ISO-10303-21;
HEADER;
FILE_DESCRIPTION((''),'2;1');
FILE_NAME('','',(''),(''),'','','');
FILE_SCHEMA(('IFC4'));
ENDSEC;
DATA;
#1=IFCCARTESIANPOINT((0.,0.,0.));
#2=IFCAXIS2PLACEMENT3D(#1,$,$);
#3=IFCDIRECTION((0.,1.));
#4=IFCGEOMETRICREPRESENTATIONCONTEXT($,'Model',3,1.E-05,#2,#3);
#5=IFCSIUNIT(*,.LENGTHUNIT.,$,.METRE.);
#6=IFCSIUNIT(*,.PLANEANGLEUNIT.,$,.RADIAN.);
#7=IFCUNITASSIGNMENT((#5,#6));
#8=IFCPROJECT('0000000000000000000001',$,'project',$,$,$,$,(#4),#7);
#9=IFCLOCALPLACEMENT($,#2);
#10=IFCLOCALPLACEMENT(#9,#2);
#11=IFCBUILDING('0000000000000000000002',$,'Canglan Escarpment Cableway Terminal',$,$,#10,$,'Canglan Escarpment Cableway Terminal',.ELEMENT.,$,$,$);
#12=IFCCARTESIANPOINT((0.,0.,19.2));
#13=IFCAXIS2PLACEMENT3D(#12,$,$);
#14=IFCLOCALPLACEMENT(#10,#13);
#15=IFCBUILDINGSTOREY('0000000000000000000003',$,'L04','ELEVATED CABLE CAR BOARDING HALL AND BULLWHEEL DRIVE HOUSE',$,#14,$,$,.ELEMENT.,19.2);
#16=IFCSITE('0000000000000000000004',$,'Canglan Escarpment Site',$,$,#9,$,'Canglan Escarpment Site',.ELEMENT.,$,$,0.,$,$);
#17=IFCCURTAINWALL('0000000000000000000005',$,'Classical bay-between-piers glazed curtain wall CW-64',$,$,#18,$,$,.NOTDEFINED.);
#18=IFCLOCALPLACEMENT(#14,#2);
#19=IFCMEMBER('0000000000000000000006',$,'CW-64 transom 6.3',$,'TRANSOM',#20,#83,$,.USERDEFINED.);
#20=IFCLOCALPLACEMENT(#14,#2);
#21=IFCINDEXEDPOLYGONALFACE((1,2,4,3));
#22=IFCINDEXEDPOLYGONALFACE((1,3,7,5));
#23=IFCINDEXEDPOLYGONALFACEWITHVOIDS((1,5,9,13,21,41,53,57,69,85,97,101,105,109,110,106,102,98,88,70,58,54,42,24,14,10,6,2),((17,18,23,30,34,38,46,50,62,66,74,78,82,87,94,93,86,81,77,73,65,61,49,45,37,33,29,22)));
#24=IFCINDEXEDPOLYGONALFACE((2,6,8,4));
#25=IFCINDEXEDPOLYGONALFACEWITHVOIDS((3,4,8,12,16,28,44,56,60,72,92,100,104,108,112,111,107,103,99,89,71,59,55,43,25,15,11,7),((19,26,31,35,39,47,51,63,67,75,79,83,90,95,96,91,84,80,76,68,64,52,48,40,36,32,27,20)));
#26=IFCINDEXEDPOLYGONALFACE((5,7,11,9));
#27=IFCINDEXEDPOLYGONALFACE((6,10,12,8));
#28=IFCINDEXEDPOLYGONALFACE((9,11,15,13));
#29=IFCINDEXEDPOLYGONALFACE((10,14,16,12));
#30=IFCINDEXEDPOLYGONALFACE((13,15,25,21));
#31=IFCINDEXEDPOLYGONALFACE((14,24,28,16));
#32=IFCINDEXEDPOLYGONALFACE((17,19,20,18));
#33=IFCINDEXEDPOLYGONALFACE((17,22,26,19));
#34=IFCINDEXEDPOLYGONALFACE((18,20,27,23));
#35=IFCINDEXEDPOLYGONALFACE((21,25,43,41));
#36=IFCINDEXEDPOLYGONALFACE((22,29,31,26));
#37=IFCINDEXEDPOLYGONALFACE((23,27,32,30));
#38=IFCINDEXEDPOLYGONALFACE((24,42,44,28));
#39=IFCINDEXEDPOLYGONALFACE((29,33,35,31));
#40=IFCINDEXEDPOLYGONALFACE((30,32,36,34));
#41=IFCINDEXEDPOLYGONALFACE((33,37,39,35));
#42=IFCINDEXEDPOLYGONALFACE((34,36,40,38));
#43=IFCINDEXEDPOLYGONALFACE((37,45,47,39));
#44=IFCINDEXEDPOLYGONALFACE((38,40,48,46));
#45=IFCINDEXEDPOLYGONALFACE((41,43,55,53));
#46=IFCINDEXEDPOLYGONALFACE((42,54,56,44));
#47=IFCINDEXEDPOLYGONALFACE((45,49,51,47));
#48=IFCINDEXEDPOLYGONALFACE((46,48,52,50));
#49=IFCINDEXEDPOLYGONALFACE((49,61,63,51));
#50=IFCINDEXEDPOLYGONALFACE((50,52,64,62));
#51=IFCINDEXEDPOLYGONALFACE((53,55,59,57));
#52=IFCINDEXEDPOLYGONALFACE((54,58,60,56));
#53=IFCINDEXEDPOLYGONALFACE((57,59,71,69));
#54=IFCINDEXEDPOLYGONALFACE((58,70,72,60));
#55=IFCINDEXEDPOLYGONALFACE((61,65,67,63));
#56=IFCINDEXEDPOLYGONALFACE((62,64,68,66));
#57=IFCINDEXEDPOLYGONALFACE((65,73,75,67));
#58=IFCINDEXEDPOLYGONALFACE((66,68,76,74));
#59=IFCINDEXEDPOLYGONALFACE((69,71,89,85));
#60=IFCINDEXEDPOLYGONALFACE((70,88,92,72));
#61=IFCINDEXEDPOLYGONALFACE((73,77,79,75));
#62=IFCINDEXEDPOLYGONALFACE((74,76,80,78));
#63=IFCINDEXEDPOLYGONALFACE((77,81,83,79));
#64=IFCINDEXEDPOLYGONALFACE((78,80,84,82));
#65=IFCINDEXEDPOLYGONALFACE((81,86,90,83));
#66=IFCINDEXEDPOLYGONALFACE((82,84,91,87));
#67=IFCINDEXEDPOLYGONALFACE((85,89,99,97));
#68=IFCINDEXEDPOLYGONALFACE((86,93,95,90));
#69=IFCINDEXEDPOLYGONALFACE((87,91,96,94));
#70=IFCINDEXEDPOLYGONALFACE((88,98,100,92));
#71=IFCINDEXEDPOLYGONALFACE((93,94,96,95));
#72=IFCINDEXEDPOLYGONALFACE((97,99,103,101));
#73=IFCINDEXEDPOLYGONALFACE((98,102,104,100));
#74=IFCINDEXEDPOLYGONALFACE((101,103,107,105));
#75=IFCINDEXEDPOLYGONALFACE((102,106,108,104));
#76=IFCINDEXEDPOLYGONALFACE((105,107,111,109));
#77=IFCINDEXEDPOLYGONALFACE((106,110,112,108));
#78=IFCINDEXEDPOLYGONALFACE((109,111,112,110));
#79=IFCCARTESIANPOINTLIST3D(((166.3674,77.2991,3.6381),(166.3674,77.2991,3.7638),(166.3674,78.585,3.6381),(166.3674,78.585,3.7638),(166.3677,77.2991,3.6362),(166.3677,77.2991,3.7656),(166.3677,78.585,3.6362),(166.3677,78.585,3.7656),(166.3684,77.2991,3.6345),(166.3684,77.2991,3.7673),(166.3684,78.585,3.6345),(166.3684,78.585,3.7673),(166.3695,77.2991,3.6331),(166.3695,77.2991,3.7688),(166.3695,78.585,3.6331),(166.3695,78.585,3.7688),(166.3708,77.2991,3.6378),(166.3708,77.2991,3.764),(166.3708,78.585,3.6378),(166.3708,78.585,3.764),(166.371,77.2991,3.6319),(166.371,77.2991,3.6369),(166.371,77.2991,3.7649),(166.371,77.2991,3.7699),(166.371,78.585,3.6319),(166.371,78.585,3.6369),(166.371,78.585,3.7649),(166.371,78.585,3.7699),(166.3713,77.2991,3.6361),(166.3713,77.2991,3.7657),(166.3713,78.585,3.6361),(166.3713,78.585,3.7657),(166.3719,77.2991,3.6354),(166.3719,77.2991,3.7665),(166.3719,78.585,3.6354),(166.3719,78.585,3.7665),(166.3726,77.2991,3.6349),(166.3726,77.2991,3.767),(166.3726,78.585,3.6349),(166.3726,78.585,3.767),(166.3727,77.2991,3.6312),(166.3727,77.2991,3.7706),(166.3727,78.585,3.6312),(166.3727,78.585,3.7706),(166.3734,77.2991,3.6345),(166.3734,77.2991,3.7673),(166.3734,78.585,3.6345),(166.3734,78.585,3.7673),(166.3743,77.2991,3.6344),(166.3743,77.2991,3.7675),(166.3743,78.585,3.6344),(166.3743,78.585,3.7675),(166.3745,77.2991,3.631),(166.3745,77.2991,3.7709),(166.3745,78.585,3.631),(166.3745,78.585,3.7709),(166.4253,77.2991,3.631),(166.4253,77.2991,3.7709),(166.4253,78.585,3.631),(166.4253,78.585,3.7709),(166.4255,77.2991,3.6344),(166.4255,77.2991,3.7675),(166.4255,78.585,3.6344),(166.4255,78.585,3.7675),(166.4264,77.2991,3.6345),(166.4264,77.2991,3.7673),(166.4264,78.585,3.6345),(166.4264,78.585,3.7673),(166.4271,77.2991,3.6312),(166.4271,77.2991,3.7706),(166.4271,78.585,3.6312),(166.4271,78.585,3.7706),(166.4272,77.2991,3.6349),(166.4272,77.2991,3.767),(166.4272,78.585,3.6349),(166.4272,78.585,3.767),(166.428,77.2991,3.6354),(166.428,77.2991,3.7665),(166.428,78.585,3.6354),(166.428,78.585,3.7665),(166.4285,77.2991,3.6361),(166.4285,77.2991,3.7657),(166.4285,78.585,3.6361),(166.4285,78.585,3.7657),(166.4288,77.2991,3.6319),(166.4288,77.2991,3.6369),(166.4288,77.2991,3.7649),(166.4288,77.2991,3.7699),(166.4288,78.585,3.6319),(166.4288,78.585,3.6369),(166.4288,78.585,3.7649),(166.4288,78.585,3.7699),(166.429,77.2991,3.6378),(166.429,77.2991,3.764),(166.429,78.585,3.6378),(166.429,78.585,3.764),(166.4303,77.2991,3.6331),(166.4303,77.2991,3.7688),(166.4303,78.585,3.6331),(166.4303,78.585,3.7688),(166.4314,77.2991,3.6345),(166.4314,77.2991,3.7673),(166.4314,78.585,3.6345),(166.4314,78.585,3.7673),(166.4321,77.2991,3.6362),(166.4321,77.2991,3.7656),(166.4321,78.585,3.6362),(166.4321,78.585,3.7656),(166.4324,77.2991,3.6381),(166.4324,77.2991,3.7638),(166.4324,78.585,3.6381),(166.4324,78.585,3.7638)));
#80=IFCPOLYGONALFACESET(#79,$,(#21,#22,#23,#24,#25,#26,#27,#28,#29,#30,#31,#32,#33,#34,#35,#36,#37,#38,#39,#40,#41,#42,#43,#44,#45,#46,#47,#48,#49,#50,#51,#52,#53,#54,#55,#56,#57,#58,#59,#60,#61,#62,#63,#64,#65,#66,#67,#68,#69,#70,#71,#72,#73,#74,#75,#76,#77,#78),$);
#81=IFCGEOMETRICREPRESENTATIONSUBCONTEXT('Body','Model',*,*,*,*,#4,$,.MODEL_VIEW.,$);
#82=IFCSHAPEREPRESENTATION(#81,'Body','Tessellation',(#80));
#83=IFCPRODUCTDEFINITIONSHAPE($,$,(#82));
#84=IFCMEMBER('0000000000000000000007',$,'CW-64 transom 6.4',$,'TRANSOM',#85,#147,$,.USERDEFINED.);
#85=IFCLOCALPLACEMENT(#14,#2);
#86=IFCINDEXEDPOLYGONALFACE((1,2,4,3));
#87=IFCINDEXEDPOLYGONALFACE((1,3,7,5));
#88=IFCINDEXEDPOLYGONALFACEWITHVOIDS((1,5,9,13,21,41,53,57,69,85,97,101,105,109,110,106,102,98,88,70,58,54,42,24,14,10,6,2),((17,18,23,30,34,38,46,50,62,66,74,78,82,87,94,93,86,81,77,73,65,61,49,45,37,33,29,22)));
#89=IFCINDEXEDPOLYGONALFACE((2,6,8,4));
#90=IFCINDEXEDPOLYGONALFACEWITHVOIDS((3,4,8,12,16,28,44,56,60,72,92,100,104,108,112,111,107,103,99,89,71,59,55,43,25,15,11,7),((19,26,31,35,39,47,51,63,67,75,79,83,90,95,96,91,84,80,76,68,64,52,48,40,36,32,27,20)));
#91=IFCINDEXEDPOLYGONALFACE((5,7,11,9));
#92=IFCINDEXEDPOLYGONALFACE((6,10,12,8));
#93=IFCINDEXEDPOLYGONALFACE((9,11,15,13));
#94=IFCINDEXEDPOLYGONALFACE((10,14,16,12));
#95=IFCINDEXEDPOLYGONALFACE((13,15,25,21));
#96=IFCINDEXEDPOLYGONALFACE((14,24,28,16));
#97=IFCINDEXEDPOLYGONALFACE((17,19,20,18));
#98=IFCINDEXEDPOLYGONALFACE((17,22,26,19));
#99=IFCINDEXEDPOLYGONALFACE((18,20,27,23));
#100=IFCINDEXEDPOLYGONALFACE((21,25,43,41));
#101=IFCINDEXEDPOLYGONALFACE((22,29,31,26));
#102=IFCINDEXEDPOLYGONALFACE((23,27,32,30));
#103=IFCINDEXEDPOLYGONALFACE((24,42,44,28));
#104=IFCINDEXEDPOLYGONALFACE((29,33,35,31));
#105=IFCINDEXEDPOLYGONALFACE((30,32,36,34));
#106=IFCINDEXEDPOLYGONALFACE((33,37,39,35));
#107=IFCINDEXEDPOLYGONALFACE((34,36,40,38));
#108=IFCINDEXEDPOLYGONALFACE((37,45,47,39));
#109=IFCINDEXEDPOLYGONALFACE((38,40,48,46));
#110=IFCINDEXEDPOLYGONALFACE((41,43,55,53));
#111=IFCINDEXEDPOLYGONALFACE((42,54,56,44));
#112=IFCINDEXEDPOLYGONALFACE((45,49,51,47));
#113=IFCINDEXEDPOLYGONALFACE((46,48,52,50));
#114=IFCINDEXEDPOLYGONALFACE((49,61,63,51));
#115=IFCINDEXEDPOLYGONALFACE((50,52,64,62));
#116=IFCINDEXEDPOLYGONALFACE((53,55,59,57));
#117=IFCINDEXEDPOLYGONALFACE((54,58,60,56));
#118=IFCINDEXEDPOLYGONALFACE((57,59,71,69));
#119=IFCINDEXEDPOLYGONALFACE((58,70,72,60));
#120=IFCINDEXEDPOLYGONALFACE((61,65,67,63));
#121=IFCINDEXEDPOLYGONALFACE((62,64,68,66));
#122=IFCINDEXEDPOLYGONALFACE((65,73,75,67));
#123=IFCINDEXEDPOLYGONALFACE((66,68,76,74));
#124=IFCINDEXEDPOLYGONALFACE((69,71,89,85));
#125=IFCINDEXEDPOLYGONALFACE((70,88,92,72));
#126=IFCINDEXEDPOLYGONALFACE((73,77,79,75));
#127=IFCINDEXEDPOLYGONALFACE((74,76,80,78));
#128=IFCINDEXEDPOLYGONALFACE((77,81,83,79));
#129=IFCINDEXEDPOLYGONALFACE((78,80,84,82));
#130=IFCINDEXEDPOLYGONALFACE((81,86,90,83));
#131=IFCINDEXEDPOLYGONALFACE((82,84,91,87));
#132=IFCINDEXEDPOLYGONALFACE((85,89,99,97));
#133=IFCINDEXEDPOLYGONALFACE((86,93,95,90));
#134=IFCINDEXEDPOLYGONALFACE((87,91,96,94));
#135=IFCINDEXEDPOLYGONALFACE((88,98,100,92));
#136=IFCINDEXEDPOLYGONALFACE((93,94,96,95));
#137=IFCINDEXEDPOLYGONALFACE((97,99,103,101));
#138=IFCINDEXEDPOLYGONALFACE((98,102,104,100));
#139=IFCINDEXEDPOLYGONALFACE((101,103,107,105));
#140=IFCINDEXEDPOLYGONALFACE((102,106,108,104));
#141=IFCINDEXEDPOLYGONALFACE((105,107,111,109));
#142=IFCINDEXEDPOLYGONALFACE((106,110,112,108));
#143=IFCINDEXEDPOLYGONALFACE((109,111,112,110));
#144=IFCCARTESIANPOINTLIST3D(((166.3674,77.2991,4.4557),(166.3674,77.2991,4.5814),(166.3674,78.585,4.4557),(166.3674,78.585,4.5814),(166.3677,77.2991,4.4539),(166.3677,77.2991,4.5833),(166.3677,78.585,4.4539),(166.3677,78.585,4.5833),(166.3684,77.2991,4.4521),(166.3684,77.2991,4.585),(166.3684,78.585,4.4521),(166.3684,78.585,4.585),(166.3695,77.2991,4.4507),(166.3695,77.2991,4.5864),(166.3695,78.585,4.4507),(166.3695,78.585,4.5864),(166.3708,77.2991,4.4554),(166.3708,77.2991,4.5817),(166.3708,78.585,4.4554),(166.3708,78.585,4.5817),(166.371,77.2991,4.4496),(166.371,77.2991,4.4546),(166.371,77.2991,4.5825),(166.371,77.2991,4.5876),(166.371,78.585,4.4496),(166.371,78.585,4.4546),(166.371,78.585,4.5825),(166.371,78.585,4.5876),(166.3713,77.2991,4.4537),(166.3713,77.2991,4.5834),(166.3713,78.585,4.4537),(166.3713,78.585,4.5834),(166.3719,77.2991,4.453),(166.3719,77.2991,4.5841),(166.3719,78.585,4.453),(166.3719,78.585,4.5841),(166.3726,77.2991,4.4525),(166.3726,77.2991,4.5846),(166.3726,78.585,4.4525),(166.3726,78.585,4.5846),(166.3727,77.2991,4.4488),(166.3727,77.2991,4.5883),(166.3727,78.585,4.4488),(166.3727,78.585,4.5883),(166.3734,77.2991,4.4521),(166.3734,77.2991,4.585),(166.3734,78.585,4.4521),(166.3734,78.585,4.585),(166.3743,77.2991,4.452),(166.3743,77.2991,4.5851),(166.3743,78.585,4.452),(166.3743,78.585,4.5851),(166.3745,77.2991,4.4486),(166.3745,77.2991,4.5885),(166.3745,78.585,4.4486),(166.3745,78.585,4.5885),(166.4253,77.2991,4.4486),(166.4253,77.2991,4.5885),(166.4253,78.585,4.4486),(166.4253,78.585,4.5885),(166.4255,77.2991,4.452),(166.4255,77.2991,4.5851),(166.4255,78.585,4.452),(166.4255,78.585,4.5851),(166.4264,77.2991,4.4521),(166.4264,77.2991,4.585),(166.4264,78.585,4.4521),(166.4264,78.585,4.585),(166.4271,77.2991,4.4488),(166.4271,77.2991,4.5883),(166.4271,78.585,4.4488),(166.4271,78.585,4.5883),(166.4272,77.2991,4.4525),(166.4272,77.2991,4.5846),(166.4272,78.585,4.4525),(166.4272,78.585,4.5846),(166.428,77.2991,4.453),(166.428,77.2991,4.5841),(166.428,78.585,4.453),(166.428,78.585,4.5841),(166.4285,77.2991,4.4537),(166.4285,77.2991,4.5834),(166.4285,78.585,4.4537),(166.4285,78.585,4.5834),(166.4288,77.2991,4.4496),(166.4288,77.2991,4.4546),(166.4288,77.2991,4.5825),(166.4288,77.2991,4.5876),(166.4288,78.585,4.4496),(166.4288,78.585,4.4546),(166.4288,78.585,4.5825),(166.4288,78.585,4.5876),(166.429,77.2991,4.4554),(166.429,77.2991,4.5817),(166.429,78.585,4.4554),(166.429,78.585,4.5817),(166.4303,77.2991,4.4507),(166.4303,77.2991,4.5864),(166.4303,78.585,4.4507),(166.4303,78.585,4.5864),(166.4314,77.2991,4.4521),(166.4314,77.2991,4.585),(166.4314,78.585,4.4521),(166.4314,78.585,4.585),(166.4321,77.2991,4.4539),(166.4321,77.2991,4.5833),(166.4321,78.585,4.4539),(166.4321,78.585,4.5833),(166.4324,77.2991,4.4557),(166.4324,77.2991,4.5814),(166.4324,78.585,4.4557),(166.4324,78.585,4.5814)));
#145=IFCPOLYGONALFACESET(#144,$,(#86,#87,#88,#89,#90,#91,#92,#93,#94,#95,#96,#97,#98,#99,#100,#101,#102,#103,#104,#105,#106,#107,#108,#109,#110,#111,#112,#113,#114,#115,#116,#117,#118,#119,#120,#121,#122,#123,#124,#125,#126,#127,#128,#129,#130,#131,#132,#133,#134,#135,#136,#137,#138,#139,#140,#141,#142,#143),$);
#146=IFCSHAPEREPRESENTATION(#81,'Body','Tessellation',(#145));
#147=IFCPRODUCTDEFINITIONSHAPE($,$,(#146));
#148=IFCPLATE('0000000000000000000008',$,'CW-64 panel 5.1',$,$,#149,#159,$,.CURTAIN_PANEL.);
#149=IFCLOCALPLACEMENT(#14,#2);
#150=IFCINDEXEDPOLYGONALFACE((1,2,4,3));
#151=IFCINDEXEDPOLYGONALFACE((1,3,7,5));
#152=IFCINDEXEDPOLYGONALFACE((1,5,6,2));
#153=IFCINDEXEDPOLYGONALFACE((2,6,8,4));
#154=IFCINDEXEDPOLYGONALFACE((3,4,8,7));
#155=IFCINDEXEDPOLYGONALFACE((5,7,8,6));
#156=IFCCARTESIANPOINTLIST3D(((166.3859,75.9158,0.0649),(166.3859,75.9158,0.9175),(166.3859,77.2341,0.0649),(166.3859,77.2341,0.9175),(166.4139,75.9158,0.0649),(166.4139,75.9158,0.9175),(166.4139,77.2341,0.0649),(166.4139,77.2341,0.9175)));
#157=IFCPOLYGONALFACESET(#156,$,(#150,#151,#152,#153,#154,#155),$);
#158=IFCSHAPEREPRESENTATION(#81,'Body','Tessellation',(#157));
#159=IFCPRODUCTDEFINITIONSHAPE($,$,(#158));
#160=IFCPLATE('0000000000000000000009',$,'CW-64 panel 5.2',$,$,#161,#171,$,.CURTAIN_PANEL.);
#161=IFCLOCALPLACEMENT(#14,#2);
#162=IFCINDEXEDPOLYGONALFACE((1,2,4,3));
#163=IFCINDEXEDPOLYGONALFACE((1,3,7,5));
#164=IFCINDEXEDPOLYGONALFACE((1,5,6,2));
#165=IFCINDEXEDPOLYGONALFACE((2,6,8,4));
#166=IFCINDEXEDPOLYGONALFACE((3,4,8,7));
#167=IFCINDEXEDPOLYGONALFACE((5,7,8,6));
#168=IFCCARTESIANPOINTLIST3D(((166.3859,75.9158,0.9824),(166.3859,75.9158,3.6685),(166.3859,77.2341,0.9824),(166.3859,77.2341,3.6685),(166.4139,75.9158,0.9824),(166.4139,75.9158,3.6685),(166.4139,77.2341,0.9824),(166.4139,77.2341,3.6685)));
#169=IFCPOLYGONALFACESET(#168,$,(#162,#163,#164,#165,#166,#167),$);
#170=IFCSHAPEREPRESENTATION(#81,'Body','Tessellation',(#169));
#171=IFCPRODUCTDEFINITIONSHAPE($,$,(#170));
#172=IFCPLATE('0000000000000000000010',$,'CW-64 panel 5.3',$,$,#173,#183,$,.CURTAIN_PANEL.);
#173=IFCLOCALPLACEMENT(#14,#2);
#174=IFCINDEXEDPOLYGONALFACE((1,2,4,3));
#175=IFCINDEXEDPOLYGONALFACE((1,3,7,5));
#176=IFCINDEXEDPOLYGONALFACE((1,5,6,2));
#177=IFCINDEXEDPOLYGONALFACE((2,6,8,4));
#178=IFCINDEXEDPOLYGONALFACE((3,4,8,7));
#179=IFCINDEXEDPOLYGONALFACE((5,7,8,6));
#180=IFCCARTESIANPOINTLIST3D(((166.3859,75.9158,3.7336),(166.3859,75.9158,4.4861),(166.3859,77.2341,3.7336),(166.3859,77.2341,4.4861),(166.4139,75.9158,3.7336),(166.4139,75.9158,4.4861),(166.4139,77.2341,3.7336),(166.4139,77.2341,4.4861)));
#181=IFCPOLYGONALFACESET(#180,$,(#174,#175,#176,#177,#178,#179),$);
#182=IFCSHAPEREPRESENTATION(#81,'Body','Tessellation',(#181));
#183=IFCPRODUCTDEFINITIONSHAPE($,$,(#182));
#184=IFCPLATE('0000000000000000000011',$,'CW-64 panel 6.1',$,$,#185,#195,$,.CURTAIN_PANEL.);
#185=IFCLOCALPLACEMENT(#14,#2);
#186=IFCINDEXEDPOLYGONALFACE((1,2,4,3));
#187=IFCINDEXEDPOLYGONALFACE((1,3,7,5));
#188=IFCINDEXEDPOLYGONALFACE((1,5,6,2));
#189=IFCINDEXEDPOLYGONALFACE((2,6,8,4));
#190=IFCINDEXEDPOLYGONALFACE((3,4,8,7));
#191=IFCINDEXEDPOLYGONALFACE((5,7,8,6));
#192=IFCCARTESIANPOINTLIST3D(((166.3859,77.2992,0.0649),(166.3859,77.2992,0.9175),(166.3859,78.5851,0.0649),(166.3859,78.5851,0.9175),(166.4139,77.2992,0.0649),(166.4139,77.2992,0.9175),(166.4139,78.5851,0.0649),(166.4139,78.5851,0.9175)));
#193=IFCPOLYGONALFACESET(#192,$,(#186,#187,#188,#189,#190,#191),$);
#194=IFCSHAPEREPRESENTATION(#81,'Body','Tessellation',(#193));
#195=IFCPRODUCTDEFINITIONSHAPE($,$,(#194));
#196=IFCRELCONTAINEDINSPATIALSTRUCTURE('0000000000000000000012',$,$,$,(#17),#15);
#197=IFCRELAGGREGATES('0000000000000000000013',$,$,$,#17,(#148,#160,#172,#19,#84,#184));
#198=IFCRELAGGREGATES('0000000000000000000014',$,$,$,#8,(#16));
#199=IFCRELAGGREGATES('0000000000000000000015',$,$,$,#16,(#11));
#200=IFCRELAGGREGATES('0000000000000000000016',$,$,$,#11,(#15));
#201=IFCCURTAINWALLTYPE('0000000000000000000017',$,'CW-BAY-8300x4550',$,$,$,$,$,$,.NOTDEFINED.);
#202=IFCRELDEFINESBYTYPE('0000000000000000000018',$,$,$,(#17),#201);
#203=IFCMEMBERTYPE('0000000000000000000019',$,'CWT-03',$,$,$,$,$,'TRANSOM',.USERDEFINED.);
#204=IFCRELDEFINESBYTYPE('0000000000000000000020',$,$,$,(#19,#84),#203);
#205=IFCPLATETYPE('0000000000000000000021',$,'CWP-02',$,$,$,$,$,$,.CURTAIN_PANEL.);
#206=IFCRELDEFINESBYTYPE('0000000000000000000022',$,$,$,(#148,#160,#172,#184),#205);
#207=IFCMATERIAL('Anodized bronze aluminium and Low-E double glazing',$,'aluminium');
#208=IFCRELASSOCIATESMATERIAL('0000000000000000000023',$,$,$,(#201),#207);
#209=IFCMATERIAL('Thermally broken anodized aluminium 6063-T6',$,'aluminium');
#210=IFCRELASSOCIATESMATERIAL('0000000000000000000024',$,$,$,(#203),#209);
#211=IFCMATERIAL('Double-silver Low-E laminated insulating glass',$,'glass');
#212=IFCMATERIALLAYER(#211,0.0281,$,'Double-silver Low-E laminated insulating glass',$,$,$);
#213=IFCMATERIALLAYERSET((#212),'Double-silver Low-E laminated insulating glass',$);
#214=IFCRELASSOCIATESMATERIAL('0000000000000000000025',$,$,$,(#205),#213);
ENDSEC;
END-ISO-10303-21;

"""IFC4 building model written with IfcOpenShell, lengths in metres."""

from ifc_helpers import new_model, si_unit, direction, frame, origin, origin_2d, place, context, subcontext, project, spatial, rectangle, hollow_rectangle, extrude, material, layer, layer_set, material_profile, profile_set, type_object, element, aggregate, save


model = new_model("IFC4")

# Units and contexts
model_context = context("Model", 3, precision=1e-05, world=origin(), true_north=direction((0.0, 1.0)))
body_context = subcontext(model_context, "Body", "Model", "MODEL_VIEW")
ifc_project = project(units=[si_unit("LENGTHUNIT", "METRE"), si_unit("PLANEANGLEUNIT", "RADIAN")], contexts=[model_context])

# Site, building, storey
site_placement = place(None, origin())
site = spatial("IfcSite", under=ifc_project, at=site_placement, Name="Canglan Escarpment Site", LongName="Canglan Escarpment Site", CompositionType="ELEMENT", RefElevation=0.0)
building_placement = place(site_placement, origin())
building = spatial("IfcBuilding", under=site, at=building_placement, Name="Canglan Escarpment Cableway Terminal", LongName="Canglan Escarpment Cableway Terminal", CompositionType="ELEMENT")
storey_placement = place(building_placement, frame((0.0, 0.0, 19.2)))
storey = spatial("IfcBuildingStorey", under=building, at=storey_placement, Name="L04", Description="ELEVATED CABLE CAR BOARDING HALL AND BULLWHEEL DRIVE HOUSE", CompositionType="ELEMENT", Elevation=19.2)

# Curtain wall
ifc_material_1 = material(Name="Anodized bronze aluminium and Low-E double glazing", Category="aluminium")
curtain_wall_type = type_object("IfcCurtainWallType", Name="CW-BAY-8300x4550", PredefinedType="NOTDEFINED", material=ifc_material_1)
ifc_material_2 = material(Name="Thermally broken anodized aluminium 6063-T6", Category="aluminium")
curtain_wall_1_placement = place(storey_placement, origin())
curtain_wall_1 = element("IfcCurtainWall", 1, at=curtain_wall_1_placement, inside=storey, type_object=curtain_wall_type, Name="Classical bay-between-piers glazed curtain wall CW-64", PredefinedType="NOTDEFINED")

# Members
ifc_material_profile_1 = material_profile(ifc_material_2, hollow_rectangle(XDim=0.0649, YDim=0.1399, WallThickness=0.0034, InnerFilletRadius=0.0034, OuterFilletRadius=0.0071, at=origin_2d()), Name="ALU-TRAN 65x140x3.5")
ifc_profile_set_1 = profile_set([ifc_material_profile_1], Name="Thermally broken anodized aluminium 6063-T6")
member_type_1 = type_object("IfcMemberType", Name="CWT-03", ElementType="TRANSOM", PredefinedType="USERDEFINED", material=ifc_profile_set_1)
member_1_placement = place(storey_placement, frame((166.3999, 77.2991, 3.7009), z_axis=(0.0, 1.0, 0.0), x_axis=(-1.0, 0.0, 0.0)))
member_1 = element("IfcMember", 2, at=member_1_placement, type_object=member_type_1, Name="CW-64 transom 6.3", ObjectType="TRANSOM", PredefinedType="USERDEFINED", context=body_context, shape_type="SweptSolid", body=[
    extrude(hollow_rectangle(XDim=0.0649, YDim=0.1399, WallThickness=0.0034, InnerFilletRadius=0.0034, OuterFilletRadius=0.0071, at=origin_2d()), origin(), (0.0, 0.0, 1.0), 1.2859),
])
member_2_placement = place(storey_placement, frame((166.3999, 77.2991, 4.5186), z_axis=(0.0, 1.0, 0.0), x_axis=(-1.0, 0.0, 0.0)))
member_2 = element("IfcMember", 3, at=member_2_placement, type_object=member_type_1, Name="CW-64 transom 6.4", ObjectType="TRANSOM", PredefinedType="USERDEFINED", context=body_context, shape_type="SweptSolid", body=[
    extrude(hollow_rectangle(XDim=0.0649, YDim=0.1399, WallThickness=0.0034, InnerFilletRadius=0.0034, OuterFilletRadius=0.0071, at=origin_2d()), origin(), (0.0, 0.0, 1.0), 1.2859),
])

# Plates
ifc_material_3 = material(Name="Double-silver Low-E laminated insulating glass", Category="glass")
ifc_layer_1 = layer(ifc_material_3, 0.0281, Name="Double-silver Low-E laminated insulating glass")
ifc_layer_set_1 = layer_set([ifc_layer_1], Name="Double-silver Low-E laminated insulating glass")
plate_type_1 = type_object("IfcPlateType", Name="CWP-02", PredefinedType="CURTAIN_PANEL", material=ifc_layer_set_1)
plate_1_placement = place(storey_placement, frame((166.3999, 76.575, 0.0649), z_axis=(0.0, 0.0, 1.0), x_axis=(0.0, 1.0, 0.0)))
plate_1 = element("IfcPlate", 4, at=plate_1_placement, type_object=plate_type_1, Name="CW-64 panel 5.1", PredefinedType="CURTAIN_PANEL", context=body_context, shape_type="SweptSolid", body=[
    extrude(rectangle(XDim=1.3184, YDim=0.0281, at=origin_2d()), origin(), (0.0, 0.0, 1.0), 0.8525),
])
plate_2_placement = place(storey_placement, frame((166.3999, 76.575, 0.9824), z_axis=(0.0, 0.0, 1.0), x_axis=(0.0, 1.0, 0.0)))
plate_2 = element("IfcPlate", 5, at=plate_2_placement, type_object=plate_type_1, Name="CW-64 panel 5.2", PredefinedType="CURTAIN_PANEL", context=body_context, shape_type="SweptSolid", body=[
    extrude(rectangle(XDim=1.3184, YDim=0.0281, at=origin_2d()), origin(), (0.0, 0.0, 1.0), 2.686),
])
plate_3_placement = place(storey_placement, frame((166.3999, 76.575, 3.7336), z_axis=(0.0, 0.0, 1.0), x_axis=(0.0, 1.0, 0.0)))
plate_3 = element("IfcPlate", 6, at=plate_3_placement, type_object=plate_type_1, Name="CW-64 panel 5.3", PredefinedType="CURTAIN_PANEL", context=body_context, shape_type="SweptSolid", body=[
    extrude(rectangle(XDim=1.3184, YDim=0.0281, at=origin_2d()), origin(), (0.0, 0.0, 1.0), 0.7524),
])
plate_4_placement = place(storey_placement, frame((166.3999, 77.9421, 0.0649), z_axis=(0.0, 0.0, 1.0), x_axis=(0.0, 1.0, 0.0)))
plate_4 = element("IfcPlate", 7, at=plate_4_placement, type_object=plate_type_1, Name="CW-64 panel 6.1", PredefinedType="CURTAIN_PANEL", context=body_context, shape_type="SweptSolid", body=[
    extrude(rectangle(XDim=1.2859, YDim=0.0281, at=origin_2d()), origin(), (0.0, 0.0, 1.0), 0.8525),
])
aggregate(curtain_wall_1, [plate_1, plate_2, plate_3, member_1, member_2, plate_4])

save(model, "model.ifc")
